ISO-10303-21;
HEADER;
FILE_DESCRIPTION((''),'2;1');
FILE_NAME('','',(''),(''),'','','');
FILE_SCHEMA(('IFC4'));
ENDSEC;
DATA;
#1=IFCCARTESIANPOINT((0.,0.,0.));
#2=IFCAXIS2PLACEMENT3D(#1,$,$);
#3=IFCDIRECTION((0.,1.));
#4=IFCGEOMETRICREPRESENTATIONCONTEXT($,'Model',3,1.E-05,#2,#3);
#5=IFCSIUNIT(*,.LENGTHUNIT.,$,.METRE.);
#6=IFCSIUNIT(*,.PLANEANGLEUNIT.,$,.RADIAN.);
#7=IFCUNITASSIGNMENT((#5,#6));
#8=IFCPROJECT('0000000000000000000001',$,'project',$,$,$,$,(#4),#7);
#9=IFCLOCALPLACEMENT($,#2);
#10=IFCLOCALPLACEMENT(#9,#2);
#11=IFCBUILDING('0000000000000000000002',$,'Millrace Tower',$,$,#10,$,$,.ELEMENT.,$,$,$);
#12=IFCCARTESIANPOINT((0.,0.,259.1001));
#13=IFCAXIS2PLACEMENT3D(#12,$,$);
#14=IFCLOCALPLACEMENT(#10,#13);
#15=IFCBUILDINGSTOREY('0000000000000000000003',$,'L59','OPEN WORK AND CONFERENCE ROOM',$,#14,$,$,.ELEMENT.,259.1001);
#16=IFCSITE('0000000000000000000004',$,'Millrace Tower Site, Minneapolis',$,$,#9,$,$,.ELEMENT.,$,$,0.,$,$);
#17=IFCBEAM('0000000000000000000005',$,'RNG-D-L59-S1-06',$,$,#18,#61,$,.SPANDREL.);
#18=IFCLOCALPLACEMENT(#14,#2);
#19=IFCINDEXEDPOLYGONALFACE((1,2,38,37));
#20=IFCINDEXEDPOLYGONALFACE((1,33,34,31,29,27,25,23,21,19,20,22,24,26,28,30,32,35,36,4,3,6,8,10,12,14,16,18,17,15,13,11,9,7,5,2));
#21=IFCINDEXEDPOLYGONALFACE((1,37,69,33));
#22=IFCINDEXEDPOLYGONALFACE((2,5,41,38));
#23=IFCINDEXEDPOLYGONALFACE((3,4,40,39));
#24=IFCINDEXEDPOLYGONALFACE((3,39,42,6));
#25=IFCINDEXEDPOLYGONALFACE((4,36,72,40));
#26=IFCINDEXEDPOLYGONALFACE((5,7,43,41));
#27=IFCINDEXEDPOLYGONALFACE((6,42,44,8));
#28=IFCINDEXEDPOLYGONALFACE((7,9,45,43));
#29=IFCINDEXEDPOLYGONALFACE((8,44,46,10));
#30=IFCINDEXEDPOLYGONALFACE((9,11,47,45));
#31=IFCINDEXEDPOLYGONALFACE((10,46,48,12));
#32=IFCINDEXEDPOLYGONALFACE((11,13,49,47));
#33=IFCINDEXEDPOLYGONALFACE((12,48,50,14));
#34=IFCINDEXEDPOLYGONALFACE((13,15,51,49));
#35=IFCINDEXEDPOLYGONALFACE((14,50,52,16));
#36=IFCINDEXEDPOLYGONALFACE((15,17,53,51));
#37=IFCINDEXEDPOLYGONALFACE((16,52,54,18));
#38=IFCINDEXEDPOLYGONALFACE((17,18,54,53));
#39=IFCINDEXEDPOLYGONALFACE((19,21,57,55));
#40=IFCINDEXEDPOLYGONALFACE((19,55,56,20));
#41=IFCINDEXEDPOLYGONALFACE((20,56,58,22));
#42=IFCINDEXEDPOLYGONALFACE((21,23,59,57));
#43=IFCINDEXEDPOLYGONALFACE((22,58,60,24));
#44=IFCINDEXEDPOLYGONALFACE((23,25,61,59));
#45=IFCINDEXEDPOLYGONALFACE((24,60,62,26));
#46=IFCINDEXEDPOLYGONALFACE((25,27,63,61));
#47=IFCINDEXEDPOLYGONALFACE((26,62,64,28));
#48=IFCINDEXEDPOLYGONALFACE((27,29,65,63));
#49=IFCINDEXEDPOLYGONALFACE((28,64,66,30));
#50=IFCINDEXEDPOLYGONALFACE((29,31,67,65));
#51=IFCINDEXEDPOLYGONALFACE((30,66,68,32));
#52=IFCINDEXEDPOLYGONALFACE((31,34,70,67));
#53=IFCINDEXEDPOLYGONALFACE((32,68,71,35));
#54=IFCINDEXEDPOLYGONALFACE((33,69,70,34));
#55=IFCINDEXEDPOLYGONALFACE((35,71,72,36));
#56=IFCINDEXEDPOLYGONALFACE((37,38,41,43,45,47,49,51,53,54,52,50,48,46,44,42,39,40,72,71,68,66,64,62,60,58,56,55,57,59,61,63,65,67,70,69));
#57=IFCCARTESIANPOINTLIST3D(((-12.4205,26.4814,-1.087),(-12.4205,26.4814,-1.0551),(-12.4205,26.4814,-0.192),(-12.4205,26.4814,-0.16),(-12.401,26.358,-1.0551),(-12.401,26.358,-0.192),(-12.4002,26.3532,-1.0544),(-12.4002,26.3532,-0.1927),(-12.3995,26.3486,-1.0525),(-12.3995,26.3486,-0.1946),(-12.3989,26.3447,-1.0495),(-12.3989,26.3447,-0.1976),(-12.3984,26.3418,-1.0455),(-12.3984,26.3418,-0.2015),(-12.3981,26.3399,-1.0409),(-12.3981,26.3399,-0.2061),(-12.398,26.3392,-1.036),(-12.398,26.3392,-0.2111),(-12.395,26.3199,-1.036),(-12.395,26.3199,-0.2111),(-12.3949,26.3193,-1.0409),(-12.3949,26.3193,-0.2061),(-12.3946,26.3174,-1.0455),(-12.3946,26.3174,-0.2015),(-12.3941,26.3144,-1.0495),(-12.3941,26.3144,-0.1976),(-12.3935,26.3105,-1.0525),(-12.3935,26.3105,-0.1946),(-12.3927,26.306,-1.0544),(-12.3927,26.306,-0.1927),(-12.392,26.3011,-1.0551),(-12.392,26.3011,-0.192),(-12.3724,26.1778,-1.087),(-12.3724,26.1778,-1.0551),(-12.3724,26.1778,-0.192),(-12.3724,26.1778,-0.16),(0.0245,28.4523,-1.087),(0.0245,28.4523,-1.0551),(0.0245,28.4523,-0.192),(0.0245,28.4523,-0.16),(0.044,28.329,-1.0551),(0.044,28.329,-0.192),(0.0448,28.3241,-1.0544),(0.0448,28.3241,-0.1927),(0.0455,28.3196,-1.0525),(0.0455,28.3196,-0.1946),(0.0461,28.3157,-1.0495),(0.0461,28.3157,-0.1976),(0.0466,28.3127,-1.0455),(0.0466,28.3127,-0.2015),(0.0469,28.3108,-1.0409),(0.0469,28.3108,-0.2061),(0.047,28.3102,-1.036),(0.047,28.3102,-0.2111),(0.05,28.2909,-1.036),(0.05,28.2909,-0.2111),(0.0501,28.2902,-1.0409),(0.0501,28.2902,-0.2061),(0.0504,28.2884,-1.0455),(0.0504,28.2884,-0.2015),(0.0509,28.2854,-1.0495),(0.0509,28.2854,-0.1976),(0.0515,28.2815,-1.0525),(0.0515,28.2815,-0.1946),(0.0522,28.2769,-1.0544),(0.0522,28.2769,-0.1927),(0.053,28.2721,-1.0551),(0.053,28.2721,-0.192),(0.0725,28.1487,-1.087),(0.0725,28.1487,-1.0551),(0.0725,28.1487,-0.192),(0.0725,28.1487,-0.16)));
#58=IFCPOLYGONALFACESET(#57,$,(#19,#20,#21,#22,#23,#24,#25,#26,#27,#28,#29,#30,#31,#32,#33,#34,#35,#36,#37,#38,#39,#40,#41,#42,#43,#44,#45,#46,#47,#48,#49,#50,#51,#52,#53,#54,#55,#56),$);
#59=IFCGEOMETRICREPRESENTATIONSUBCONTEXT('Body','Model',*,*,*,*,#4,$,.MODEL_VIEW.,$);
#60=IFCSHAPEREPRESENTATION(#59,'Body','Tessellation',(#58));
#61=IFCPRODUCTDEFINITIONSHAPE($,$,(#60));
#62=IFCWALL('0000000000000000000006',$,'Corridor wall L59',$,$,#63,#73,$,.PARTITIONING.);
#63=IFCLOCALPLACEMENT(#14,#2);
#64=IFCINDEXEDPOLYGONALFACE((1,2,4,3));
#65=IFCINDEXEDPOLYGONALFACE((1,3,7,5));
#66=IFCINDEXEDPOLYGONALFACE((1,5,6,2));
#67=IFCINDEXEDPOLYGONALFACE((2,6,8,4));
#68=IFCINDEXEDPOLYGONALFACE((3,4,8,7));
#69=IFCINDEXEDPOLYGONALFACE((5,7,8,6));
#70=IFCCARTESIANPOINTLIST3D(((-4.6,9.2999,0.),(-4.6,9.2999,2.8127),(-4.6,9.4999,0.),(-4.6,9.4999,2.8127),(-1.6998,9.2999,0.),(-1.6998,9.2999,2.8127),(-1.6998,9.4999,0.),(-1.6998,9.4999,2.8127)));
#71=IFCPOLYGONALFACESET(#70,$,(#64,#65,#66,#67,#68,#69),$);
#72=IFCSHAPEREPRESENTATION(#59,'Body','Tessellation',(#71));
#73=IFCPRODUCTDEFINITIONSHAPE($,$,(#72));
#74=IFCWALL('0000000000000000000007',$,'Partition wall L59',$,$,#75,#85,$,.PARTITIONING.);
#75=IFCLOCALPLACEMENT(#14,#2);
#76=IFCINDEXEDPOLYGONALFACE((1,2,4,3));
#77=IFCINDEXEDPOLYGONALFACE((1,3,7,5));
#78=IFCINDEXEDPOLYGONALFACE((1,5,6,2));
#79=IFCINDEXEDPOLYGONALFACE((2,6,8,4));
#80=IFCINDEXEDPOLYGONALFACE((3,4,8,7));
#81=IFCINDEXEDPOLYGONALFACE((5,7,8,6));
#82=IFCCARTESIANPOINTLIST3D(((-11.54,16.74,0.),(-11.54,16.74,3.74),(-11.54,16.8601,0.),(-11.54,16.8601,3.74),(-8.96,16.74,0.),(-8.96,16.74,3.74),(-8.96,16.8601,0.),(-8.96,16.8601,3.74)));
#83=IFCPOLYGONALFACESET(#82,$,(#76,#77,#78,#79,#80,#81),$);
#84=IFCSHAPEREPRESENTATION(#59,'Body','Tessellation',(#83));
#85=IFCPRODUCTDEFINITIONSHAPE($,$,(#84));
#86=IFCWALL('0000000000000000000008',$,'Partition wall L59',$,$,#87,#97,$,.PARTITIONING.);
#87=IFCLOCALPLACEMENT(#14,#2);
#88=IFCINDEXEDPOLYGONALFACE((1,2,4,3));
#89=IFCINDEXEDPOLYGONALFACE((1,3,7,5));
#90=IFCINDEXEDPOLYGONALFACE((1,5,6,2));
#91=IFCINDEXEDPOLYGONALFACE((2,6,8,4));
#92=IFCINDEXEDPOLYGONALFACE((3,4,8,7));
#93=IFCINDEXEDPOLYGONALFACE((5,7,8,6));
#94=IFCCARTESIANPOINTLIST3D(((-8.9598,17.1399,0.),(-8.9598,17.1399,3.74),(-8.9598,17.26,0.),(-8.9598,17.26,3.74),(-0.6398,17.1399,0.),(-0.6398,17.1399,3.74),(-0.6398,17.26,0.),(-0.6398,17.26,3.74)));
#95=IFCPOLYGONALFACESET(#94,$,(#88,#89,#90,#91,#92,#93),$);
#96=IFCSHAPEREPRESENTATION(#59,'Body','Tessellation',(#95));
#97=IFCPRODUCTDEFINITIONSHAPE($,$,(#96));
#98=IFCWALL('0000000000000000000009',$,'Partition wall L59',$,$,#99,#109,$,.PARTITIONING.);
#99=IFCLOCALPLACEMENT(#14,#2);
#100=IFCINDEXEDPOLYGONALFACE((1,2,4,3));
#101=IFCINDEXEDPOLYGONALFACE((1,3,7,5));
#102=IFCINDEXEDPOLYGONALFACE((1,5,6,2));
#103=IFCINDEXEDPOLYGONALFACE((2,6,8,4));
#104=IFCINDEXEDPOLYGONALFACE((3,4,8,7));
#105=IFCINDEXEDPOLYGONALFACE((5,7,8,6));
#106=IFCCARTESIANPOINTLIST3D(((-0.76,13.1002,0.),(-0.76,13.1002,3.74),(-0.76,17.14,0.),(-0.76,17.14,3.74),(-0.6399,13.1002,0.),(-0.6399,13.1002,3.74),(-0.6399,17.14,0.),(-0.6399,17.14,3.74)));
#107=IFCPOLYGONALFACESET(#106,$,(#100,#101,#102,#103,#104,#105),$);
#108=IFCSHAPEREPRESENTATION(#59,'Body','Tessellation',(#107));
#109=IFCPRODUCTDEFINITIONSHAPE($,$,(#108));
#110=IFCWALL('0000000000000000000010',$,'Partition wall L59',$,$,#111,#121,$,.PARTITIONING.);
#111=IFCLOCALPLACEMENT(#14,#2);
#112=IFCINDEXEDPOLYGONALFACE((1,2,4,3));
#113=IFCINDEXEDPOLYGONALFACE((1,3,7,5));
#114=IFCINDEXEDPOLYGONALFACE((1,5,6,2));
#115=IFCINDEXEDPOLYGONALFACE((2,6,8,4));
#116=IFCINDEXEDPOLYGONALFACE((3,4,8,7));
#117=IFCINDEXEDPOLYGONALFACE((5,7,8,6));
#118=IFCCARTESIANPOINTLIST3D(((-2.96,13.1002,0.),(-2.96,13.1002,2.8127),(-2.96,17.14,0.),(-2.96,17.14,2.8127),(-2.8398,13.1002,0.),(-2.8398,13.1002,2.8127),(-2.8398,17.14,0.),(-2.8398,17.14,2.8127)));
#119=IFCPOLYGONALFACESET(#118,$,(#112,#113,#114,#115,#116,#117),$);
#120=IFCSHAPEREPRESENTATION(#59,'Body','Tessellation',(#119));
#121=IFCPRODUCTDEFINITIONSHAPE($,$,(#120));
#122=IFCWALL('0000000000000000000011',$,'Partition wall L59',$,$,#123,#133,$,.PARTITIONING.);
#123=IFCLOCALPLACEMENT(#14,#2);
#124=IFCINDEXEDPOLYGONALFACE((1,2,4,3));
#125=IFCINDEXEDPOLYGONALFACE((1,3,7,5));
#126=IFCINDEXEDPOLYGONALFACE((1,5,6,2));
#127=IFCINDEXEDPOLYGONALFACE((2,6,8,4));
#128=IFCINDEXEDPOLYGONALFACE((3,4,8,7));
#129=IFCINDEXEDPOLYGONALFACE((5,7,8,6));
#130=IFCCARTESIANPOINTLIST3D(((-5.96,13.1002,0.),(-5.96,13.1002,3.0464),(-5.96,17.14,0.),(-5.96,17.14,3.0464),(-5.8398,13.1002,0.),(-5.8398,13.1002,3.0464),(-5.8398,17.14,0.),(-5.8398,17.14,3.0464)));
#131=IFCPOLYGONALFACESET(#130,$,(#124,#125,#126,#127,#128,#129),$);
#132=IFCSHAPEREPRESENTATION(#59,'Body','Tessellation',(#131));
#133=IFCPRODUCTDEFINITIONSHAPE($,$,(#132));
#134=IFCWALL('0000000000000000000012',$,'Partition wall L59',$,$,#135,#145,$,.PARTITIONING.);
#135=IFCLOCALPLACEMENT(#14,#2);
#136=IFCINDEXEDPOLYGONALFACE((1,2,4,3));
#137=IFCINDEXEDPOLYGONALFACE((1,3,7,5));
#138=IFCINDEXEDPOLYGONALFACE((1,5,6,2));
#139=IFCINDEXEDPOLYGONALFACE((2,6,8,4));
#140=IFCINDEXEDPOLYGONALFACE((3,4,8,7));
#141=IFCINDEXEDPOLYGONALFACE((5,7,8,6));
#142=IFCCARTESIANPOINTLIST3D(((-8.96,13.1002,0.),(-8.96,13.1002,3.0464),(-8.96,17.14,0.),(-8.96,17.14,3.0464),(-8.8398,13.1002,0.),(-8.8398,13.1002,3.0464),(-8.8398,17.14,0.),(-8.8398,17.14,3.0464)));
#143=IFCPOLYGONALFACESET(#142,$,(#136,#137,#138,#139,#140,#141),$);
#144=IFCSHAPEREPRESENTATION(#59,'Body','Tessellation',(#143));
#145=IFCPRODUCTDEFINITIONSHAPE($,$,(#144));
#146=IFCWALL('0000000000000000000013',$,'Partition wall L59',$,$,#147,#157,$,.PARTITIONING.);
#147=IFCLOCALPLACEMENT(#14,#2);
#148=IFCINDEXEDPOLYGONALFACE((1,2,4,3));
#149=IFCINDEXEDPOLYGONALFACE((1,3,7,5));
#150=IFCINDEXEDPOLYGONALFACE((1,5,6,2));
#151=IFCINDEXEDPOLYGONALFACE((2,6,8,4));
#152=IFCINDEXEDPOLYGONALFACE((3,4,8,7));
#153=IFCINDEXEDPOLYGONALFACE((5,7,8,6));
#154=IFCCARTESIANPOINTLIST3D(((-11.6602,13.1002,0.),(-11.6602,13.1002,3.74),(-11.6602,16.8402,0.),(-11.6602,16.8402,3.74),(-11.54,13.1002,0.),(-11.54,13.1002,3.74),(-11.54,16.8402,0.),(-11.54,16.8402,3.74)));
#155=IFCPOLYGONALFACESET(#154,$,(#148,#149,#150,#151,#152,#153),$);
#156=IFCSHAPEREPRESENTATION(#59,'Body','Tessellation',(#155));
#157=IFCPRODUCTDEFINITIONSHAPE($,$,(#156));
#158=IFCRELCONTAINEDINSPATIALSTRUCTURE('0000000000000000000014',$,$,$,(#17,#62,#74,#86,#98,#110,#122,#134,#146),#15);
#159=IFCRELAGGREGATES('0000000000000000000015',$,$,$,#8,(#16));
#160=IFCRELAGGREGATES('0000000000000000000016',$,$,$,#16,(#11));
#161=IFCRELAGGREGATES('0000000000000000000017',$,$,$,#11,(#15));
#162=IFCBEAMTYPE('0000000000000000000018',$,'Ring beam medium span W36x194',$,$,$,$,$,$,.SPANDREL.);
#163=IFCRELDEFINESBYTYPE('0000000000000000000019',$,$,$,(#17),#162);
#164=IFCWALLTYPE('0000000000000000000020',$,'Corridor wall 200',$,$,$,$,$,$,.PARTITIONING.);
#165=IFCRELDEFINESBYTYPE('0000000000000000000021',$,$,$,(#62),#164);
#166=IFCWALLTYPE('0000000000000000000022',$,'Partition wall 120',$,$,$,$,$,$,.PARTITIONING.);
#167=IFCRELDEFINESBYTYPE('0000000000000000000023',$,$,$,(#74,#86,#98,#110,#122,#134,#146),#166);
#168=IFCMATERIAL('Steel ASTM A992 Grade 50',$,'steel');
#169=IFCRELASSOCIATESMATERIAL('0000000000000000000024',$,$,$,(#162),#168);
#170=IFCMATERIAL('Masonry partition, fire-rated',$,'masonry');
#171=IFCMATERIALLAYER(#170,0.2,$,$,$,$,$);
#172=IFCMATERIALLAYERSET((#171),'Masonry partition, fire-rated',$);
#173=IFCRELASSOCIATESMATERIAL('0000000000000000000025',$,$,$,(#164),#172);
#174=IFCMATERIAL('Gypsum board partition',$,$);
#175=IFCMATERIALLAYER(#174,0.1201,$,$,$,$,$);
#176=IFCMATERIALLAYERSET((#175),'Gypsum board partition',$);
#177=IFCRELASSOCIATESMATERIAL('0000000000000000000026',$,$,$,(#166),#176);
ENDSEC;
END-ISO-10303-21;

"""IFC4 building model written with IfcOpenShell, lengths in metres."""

from ifc_helpers import new_model, si_unit, direction, frame, frame_2d, origin, origin_2d, place, context, subcontext, project, spatial, rectangle, i_section, extrude, material, layer, layer_set, material_profile, profile_set, type_object, element, save


model = new_model("IFC4")

# Units and contexts
model_context = context("Model", 3, precision=1e-05, world=origin(), true_north=direction((0.0, 1.0)))
body_context = subcontext(model_context, "Body", "Model", "MODEL_VIEW")
ifc_project = project(units=[si_unit("LENGTHUNIT", "METRE"), si_unit("PLANEANGLEUNIT", "RADIAN")], contexts=[model_context])

# Site, building, storey
site_placement = place(None, origin())
site = spatial("IfcSite", under=ifc_project, at=site_placement, Name="Millrace Tower Site, Minneapolis", CompositionType="ELEMENT", RefElevation=0.0)
building_placement = place(site_placement, origin())
building = spatial("IfcBuilding", under=site, at=building_placement, Name="Millrace Tower", CompositionType="ELEMENT")
storey_placement = place(building_placement, frame((0.0, 0.0, 259.1001)))
storey = spatial("IfcBuildingStorey", under=building, at=storey_placement, Name="L59", Description="OPEN WORK AND CONFERENCE ROOM", CompositionType="ELEMENT", Elevation=259.1001)

# Beam
ifc_material_1 = material(Name="Steel ASTM A992 Grade 50", Category="steel")
ifc_material_profile_1 = material_profile(ifc_material_1, i_section(OverallWidth=0.3074, OverallDepth=0.927, WebThickness=0.0195, FlangeThickness=0.032, FilletRadius=0.019, at=origin_2d()))
ifc_profile_set_1 = profile_set([ifc_material_profile_1], Name="Steel ASTM A992 Grade 50")
beam_type_1 = type_object("IfcBeamType", Name="Ring beam medium span W36x194", PredefinedType="SPANDREL", material=ifc_profile_set_1)
beam_1_placement = place(storey_placement, frame((-12.3965, 26.3296, -0.6235), z_axis=(0.98769, 0.156422, 0.0), x_axis=(-0.156422, 0.98769, 0.0)))
element("IfcBeam", 1, at=beam_1_placement, inside=storey, type_object=beam_type_1, Name="RNG-D-L59-S1-06", PredefinedType="SPANDREL", context=body_context, shape_type="SweptSolid", body=[
    extrude(i_section(OverallWidth=0.3074, OverallDepth=0.927, WebThickness=0.0195, FlangeThickness=0.032, FilletRadius=0.019, at=origin_2d()), origin(), (0.0, 0.0, 1.0), 12.6001),
])

# Walls
ifc_material_2 = material(Name="Masonry partition, fire-rated", Category="masonry")
ifc_layer_1 = layer(ifc_material_2, 0.2)
ifc_layer_set_1 = layer_set([ifc_layer_1], Name="Masonry partition, fire-rated")
wall_type_1 = type_object("IfcWallType", Name="Corridor wall 200", PredefinedType="PARTITIONING", material=ifc_layer_set_1)
wall_1_placement = place(storey_placement, frame((-4.6001, 9.3999, 0.0), z_axis=(0.0, 0.0, 1.0), x_axis=(1.0, 0.0, 0.0)))
element("IfcWall", 2, at=wall_1_placement, inside=storey, type_object=wall_type_1, Name="Corridor wall L59", PredefinedType="PARTITIONING", context=body_context, shape_type="SweptSolid", body=[
    extrude(rectangle(XDim=2.9001, YDim=0.2, at=frame_2d((1.4502, 0.0))), origin(), (0.0, 0.0, 1.0), 2.8127),
])
ifc_material_3 = material(Name="Gypsum board partition")
ifc_layer_2 = layer(ifc_material_3, 0.1201)
ifc_layer_set_2 = layer_set([ifc_layer_2], Name="Gypsum board partition")
wall_type_2 = type_object("IfcWallType", Name="Partition wall 120", PredefinedType="PARTITIONING", material=ifc_layer_set_2)
wall_2_placement = place(storey_placement, frame((-11.54, 16.8, 0.0), z_axis=(0.0, 0.0, 1.0), x_axis=(1.0, 0.0, 0.0)))
element("IfcWall", 3, at=wall_2_placement, inside=storey, type_object=wall_type_2, Name="Partition wall L59", PredefinedType="PARTITIONING", context=body_context, shape_type="SweptSolid", body=[
    extrude(rectangle(XDim=2.5801, YDim=0.1201, at=frame_2d((1.29, 0.0))), origin(), (0.0, 0.0, 1.0), 3.74),
])
wall_3_placement = place(storey_placement, frame((-8.96, 17.2, 0.0), z_axis=(0.0, 0.0, 1.0), x_axis=(1.0, 0.0, 0.0)))
element("IfcWall", 4, at=wall_3_placement, inside=storey, type_object=wall_type_2, Name="Partition wall L59", PredefinedType="PARTITIONING", context=body_context, shape_type="SweptSolid", body=[
    extrude(rectangle(XDim=8.3201, YDim=0.1201, at=frame_2d((4.1602, 0.0))), origin(), (0.0, 0.0, 1.0), 3.74),
])
wall_4_placement = place(storey_placement, frame((-0.7, 13.1001, 0.0), z_axis=(0.0, 0.0, 1.0), x_axis=(0.0, 1.0, 0.0)))
element("IfcWall", 5, at=wall_4_placement, inside=storey, type_object=wall_type_2, Name="Partition wall L59", PredefinedType="PARTITIONING", context=body_context, shape_type="SweptSolid", body=[
    extrude(rectangle(XDim=4.0398, YDim=0.1201, at=frame_2d((2.02, 0.0))), origin(), (0.0, 0.0, 1.0), 3.74),
])
wall_5_placement = place(storey_placement, frame((-2.8999, 13.1001, 0.0), z_axis=(0.0, 0.0, 1.0), x_axis=(0.0, 1.0, 0.0)))
element("IfcWall", 6, at=wall_5_placement, inside=storey, type_object=wall_type_2, Name="Partition wall L59", PredefinedType="PARTITIONING", context=body_context, shape_type="SweptSolid", body=[
    extrude(rectangle(XDim=4.0398, YDim=0.1201, at=frame_2d((2.02, 0.0))), origin(), (0.0, 0.0, 1.0), 2.8127),
])
for number, where, z_axis, x_axis, name in (
    (7, (-5.8999, 13.1001, 0.0), (0.0, 0.0, 1.0), (0.0, 1.0, 0.0), "Partition wall L59"),
    (8, (-8.8999, 13.1001, 0.0), (0.0, 0.0, 1.0), (0.0, 1.0, 0.0), "Partition wall L59"),
):
    element("IfcWall", number, at=place(storey_placement, frame(where, z_axis=z_axis, x_axis=x_axis)), inside=storey, type_object=wall_type_2, Name=name, PredefinedType="PARTITIONING", context=body_context, shape_type="SweptSolid", body=[
        extrude(rectangle(XDim=4.0398, YDim=0.1201, at=frame_2d((2.02, 0.0))), origin(), (0.0, 0.0, 1.0), 3.0464),
    ])
wall_6_placement = place(storey_placement, frame((-11.6001, 13.1001, 0.0), z_axis=(0.0, 0.0, 1.0), x_axis=(0.0, 1.0, 0.0)))
element("IfcWall", 9, at=wall_6_placement, inside=storey, type_object=wall_type_2, Name="Partition wall L59", PredefinedType="PARTITIONING", context=body_context, shape_type="SweptSolid", body=[
    extrude(rectangle(XDim=3.74, YDim=0.1201, at=frame_2d((1.8701, 0.0))), origin(), (0.0, 0.0, 1.0), 3.74),
])

save(model, "model.ifc")
